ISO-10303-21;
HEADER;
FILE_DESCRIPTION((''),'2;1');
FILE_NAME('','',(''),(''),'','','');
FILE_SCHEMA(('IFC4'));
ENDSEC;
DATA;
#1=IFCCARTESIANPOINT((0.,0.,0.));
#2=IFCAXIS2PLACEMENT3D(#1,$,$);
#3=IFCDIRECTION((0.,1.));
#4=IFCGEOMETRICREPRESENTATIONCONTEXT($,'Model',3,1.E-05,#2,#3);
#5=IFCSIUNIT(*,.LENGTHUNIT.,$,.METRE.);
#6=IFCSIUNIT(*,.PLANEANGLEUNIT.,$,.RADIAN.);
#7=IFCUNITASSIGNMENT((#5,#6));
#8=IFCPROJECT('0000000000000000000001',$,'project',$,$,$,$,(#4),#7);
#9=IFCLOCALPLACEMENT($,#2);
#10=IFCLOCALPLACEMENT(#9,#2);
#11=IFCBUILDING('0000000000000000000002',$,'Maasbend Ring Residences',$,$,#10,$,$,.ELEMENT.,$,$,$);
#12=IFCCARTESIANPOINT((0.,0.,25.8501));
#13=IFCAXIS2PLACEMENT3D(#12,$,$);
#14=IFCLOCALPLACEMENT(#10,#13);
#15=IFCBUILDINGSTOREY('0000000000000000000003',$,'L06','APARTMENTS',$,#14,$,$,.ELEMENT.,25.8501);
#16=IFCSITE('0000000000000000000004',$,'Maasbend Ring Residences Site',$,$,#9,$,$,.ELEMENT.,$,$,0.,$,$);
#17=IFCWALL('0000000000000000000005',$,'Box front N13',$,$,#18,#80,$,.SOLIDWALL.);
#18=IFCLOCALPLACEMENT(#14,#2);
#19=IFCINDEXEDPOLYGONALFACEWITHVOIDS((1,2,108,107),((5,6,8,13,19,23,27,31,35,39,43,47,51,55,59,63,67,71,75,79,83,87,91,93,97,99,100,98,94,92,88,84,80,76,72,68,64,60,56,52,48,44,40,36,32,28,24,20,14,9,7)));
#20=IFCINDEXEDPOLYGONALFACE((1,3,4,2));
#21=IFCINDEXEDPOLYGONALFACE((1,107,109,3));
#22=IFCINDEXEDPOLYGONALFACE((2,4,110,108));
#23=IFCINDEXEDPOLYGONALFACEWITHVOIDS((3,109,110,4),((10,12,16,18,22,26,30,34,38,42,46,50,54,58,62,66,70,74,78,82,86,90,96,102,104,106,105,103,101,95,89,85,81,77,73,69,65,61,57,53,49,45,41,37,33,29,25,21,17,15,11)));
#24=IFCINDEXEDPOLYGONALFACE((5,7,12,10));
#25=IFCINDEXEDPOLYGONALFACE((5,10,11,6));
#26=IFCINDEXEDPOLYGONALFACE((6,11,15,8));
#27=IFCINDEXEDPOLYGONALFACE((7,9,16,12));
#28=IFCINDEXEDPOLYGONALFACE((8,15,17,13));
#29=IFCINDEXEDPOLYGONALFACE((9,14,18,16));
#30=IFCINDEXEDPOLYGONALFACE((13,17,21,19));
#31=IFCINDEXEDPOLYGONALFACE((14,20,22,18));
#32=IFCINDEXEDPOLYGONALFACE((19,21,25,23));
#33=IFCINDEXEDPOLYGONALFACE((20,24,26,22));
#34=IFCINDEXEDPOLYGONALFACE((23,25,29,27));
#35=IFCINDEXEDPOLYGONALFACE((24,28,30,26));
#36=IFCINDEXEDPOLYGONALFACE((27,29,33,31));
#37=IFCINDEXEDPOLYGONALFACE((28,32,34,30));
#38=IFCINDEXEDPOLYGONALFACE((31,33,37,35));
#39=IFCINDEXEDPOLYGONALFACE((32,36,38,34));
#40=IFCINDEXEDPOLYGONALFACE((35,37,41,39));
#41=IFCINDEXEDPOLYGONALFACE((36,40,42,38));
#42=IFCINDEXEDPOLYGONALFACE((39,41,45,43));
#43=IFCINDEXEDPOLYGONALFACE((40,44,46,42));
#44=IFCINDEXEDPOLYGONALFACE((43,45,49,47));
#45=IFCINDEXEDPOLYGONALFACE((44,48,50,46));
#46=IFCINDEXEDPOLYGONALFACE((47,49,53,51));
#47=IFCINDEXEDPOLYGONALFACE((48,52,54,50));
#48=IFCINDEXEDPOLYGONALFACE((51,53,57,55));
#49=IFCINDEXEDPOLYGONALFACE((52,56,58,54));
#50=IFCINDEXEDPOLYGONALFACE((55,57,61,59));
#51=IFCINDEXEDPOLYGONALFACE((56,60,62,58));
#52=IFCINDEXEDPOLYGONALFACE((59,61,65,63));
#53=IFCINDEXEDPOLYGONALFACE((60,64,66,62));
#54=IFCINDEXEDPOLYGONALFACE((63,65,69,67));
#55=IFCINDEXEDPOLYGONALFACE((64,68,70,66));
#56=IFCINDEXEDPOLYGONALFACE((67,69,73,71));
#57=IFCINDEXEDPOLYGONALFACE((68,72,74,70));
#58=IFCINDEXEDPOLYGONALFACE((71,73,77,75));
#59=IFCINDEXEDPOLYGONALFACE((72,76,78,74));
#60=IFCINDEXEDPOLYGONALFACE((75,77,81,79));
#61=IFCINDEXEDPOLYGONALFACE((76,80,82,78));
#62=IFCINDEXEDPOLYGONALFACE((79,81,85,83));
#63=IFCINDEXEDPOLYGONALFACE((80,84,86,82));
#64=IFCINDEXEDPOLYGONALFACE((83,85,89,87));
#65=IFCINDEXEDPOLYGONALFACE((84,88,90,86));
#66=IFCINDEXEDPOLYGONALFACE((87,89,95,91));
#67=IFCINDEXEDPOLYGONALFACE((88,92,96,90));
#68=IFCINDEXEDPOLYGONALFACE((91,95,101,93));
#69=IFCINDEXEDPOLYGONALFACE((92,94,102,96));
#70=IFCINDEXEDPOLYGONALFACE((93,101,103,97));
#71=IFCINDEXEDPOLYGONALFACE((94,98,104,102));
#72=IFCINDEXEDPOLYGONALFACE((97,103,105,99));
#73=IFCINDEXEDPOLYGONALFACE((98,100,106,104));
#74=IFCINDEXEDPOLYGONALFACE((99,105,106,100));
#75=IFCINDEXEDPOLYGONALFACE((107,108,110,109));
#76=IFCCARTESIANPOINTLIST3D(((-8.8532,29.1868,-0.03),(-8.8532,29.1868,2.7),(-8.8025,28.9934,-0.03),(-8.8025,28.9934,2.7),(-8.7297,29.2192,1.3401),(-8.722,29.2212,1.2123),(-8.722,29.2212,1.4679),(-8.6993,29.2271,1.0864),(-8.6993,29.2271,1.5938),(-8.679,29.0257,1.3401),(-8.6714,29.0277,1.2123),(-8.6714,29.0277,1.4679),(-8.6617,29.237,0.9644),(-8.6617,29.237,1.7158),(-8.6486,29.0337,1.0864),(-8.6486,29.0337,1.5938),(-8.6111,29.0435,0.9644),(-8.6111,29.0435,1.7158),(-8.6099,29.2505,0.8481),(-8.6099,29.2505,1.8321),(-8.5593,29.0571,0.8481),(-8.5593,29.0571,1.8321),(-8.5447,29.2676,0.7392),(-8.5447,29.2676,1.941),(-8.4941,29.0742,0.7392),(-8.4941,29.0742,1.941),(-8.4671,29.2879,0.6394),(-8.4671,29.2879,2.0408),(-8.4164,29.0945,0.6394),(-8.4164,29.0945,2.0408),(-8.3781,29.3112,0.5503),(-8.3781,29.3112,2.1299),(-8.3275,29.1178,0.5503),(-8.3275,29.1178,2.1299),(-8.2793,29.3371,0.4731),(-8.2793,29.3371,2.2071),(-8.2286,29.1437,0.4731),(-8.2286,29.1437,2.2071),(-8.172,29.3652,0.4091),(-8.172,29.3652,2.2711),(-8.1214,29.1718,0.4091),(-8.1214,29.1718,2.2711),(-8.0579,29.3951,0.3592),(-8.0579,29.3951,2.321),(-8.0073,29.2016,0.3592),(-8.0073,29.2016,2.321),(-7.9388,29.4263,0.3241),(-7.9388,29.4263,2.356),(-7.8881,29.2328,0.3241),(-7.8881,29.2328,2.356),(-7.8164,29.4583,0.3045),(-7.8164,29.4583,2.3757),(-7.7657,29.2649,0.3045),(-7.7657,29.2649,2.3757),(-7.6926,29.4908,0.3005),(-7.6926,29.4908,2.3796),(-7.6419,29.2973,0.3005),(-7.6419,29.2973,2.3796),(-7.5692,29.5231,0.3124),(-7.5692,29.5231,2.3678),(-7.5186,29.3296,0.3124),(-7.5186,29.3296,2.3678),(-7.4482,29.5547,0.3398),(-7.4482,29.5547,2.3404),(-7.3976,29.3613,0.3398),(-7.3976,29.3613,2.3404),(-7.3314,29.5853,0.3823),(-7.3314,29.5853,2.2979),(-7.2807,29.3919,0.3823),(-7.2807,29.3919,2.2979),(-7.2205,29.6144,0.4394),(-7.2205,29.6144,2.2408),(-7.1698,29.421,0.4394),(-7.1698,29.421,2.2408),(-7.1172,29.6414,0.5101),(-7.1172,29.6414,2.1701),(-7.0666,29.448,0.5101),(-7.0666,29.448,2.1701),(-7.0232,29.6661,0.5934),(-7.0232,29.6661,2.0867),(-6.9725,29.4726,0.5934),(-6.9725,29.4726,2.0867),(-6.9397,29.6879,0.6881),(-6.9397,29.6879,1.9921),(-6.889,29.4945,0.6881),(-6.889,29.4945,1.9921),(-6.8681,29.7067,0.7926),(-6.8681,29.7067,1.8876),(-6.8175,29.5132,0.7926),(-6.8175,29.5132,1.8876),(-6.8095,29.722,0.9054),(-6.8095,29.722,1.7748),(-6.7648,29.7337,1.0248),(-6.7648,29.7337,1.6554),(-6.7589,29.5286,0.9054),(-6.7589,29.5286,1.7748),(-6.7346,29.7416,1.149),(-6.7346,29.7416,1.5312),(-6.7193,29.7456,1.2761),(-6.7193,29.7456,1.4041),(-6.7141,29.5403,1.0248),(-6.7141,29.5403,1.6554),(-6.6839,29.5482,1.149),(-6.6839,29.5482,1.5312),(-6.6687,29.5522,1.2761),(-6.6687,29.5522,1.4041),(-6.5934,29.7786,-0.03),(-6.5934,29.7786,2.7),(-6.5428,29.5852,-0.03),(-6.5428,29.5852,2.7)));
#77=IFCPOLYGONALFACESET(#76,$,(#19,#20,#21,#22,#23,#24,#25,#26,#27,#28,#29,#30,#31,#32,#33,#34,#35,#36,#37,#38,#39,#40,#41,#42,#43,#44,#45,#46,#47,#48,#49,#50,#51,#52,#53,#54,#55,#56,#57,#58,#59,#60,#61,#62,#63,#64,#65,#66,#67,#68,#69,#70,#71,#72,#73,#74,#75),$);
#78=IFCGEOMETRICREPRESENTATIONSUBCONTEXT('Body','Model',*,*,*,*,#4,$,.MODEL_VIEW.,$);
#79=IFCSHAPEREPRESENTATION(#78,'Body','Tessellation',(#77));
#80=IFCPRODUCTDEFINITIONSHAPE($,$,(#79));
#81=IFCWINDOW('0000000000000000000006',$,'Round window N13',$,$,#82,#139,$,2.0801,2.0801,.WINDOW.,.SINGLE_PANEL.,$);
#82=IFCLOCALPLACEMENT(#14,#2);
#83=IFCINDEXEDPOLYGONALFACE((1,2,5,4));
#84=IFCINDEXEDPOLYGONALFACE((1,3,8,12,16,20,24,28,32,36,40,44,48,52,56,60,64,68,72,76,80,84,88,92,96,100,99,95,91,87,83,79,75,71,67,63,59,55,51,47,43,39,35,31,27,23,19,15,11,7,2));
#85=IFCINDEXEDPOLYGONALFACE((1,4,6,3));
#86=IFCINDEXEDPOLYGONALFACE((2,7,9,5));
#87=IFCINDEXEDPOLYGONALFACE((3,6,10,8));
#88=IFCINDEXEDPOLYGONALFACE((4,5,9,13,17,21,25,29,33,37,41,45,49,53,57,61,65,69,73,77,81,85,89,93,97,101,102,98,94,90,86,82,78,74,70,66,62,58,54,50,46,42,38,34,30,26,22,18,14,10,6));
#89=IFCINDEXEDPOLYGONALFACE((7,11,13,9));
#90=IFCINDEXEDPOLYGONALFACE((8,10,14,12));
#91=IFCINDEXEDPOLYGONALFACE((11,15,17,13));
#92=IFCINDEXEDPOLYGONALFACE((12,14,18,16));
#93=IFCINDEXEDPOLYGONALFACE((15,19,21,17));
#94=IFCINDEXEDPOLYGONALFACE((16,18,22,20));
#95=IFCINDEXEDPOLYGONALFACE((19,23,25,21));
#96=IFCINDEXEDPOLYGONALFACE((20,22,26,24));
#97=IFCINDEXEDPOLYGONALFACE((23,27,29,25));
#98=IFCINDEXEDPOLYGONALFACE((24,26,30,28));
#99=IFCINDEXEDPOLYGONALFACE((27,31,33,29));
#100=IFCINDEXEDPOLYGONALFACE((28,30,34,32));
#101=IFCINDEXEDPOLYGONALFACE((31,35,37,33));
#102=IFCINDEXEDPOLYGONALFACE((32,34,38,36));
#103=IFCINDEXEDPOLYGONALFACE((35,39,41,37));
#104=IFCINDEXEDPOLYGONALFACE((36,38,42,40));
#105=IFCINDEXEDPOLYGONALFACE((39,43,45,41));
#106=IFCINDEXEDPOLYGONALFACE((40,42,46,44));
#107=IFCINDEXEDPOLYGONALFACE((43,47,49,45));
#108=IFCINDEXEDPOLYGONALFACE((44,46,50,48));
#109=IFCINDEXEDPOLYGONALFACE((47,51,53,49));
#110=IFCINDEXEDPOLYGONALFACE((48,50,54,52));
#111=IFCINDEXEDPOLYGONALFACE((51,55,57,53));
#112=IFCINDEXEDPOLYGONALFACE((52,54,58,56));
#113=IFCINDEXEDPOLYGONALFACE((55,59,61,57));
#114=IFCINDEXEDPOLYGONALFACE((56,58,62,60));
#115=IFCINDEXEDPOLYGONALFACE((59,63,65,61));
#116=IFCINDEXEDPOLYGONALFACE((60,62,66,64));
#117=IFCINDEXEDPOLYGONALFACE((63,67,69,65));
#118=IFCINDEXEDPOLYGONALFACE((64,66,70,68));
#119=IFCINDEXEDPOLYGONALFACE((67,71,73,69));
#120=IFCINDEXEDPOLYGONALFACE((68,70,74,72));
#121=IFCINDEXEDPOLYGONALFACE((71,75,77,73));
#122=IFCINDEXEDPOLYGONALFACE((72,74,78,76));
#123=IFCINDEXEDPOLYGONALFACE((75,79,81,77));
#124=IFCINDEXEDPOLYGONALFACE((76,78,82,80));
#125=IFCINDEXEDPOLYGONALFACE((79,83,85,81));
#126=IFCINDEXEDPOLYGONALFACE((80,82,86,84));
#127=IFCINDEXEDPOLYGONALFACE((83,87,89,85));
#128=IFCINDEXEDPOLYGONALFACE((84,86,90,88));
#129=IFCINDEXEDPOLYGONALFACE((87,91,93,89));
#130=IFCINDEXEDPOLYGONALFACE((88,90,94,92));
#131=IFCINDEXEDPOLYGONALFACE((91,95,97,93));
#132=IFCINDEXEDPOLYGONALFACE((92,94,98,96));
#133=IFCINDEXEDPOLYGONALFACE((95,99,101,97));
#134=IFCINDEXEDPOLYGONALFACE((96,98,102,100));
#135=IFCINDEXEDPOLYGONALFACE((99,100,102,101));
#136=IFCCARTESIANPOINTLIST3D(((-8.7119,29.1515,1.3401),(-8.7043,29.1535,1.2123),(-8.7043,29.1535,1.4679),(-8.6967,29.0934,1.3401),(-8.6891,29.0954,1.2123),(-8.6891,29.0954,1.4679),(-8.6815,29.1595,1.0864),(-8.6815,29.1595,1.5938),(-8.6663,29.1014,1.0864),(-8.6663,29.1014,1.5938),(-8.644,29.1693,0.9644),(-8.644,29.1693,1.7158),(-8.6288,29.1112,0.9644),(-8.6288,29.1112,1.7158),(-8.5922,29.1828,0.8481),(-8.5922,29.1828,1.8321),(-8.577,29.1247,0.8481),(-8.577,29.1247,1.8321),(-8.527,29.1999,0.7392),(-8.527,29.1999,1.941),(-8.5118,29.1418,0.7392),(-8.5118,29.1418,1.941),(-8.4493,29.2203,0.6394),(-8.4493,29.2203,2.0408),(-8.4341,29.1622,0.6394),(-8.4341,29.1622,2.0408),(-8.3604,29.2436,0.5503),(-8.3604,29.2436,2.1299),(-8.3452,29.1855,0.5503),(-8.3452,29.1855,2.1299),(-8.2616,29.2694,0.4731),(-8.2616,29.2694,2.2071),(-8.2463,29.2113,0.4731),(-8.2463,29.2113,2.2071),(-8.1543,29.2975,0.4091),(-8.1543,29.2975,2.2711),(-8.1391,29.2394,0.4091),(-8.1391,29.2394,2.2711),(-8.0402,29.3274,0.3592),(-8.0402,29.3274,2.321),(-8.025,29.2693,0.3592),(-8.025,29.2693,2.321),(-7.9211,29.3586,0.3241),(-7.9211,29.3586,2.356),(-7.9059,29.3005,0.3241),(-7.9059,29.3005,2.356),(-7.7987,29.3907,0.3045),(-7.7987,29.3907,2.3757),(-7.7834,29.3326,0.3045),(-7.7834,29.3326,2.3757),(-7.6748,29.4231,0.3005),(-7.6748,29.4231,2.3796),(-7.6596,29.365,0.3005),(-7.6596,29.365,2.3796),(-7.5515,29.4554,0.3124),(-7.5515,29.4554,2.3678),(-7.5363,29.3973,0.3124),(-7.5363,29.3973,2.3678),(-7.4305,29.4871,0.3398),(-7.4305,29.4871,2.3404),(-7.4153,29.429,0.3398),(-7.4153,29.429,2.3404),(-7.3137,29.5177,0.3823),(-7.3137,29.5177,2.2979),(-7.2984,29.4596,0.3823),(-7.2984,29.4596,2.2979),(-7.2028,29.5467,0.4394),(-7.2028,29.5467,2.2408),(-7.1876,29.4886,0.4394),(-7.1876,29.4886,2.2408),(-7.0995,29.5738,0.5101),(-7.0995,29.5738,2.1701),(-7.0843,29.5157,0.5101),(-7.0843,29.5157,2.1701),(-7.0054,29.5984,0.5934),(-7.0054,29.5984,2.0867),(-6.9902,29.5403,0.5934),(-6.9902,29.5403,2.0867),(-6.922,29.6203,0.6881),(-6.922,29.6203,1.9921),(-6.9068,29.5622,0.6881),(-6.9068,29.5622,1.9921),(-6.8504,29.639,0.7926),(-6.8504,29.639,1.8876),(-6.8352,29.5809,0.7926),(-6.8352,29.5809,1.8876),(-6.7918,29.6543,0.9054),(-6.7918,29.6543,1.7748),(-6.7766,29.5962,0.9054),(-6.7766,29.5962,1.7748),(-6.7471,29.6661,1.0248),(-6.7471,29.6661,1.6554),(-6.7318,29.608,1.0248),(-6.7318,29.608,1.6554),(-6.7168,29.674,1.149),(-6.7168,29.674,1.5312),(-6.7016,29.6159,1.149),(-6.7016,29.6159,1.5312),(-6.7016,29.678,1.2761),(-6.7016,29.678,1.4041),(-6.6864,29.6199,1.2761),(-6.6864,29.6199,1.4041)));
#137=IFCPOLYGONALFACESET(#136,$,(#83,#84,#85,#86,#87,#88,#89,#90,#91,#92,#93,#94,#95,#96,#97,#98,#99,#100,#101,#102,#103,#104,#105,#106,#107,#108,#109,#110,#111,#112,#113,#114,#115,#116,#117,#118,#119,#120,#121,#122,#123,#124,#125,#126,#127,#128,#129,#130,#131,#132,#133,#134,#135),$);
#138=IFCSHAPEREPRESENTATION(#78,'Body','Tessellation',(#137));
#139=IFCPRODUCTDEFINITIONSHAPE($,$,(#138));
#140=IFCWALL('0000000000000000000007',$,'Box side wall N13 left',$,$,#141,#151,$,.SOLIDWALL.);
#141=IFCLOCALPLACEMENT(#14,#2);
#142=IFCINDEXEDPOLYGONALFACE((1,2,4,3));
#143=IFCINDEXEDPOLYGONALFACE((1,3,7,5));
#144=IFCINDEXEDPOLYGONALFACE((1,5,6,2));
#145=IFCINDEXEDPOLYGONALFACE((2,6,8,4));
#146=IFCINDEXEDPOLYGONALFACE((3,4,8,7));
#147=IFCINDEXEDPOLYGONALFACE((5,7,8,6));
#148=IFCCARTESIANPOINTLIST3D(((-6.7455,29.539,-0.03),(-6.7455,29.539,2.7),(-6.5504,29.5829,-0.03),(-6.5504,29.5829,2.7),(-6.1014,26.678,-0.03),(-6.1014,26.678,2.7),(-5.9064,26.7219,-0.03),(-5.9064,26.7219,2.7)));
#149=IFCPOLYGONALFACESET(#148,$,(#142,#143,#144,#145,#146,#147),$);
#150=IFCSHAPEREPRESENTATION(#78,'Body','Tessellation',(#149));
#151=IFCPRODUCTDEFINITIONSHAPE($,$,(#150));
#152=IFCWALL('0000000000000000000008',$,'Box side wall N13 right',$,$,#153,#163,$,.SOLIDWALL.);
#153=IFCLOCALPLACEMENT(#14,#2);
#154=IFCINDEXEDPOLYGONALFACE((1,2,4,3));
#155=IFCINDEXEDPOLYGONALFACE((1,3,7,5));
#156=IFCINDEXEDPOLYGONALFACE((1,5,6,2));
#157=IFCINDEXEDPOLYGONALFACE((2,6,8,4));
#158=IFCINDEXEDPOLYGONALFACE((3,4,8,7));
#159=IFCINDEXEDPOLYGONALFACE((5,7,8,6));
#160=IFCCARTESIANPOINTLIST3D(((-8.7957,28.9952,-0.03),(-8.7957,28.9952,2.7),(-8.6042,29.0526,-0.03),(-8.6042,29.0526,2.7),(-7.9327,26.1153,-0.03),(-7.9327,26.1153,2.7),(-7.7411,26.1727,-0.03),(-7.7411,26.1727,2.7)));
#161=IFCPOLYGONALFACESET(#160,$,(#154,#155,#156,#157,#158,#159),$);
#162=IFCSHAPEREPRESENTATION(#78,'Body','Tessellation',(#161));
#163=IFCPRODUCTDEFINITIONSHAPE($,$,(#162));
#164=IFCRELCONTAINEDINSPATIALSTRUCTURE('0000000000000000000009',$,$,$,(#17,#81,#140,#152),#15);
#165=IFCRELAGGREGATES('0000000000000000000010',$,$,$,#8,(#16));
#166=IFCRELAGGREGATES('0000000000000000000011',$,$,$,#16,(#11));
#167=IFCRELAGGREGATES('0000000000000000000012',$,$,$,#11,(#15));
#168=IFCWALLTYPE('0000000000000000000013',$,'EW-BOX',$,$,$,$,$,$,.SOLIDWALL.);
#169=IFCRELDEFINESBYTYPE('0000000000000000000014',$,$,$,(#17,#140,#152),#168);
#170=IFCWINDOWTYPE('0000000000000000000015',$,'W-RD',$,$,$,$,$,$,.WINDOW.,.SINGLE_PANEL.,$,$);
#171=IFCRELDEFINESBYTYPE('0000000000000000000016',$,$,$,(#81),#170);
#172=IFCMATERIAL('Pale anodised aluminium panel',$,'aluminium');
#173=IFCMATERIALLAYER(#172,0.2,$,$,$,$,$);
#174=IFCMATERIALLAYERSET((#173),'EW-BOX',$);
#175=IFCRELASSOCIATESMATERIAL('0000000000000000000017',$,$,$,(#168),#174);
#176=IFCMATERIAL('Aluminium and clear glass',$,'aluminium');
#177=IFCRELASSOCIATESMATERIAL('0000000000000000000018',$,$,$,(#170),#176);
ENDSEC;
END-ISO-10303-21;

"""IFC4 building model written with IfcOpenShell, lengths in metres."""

from ifc_helpers import new_model, si_unit, direction, frame, frame_2d, origin, place, context, subcontext, project, spatial, rectangle, circle, extrude, material, layer, layer_set, type_object, element, fill, save


model = new_model("IFC4")

# Units and contexts
model_context = context("Model", 3, precision=1e-05, world=origin(), true_north=direction((0.0, 1.0)))
body_context = subcontext(model_context, "Body", "Model", "MODEL_VIEW")
ifc_project = project(units=[si_unit("LENGTHUNIT", "METRE"), si_unit("PLANEANGLEUNIT", "RADIAN")], contexts=[model_context])

# Site, building, storey
site_placement = place(None, origin())
site = spatial("IfcSite", under=ifc_project, at=site_placement, Name="Maasbend Ring Residences Site", CompositionType="ELEMENT", RefElevation=0.0)
building_placement = place(site_placement, origin())
building = spatial("IfcBuilding", under=site, at=building_placement, Name="Maasbend Ring Residences", CompositionType="ELEMENT")
storey_placement = place(building_placement, frame((0.0, 0.0, 25.8501)))
storey = spatial("IfcBuildingStorey", under=building, at=storey_placement, Name="L06", Description="APARTMENTS", CompositionType="ELEMENT", Elevation=25.8501)

# Shared definitions
ifc_material_1 = material(Name="Pale anodised aluminium panel", Category="aluminium")
ifc_layer_1 = layer(ifc_material_1, 0.2)
ifc_layer_set_1 = layer_set([ifc_layer_1], Name="EW-BOX")
wall_type_1 = type_object("IfcWallType", Name="EW-BOX", PredefinedType="SOLIDWALL", material=ifc_layer_set_1)

# Wall, opening, window
wall_1_placement = place(storey_placement, frame((-6.5681, 29.6819, -0.03), z_axis=(0.0, 0.0, 1.0), x_axis=(-0.967377, -0.253341, 0.0)))
wall_1 = element("IfcWall", 1, at=wall_1_placement, inside=storey, type_object=wall_type_1, Name="Box front N13", PredefinedType="SOLIDWALL", context=body_context, shape_type="SweptSolid", body=[
    extrude(rectangle(XDim=2.3359, YDim=0.2, at=frame_2d((1.168, 0.0))), origin(), (0.0, 0.0, 1.0), 2.73),
])
opening_1_placement = place(wall_1_placement, frame((0.1282, 0.0, 0.3301)))
opening_1 = element("IfcOpeningElement", 2, at=opening_1_placement, cuts=wall_1, PredefinedType="OPENING", context=body_context, shape_type="SweptSolid", body=[
    extrude(circle(Radius=1.04, at=frame_2d((1.04, 1.04))), frame((0.0, 0.1099, 0.0), z_axis=(0.0, -1.0, 0.0), x_axis=(1.0, 0.0, 0.0)), (0.0, 0.0, 1.0), 0.22),
])
ifc_material_2 = material(Name="Aluminium and clear glass", Category="aluminium")
window_type_1 = type_object("IfcWindowType", Name="W-RD", PartitioningType="SINGLE_PANEL", PredefinedType="WINDOW", material=ifc_material_2)
window_1_placement = place(opening_1_placement, origin())
window_1 = element("IfcWindow", 3, at=window_1_placement, inside=storey, type_object=window_type_1, Name="Round window N13", OverallHeight=2.0801, OverallWidth=2.0801, PartitioningType="SINGLE_PANEL", PredefinedType="WINDOW", context=body_context, shape_type="SweptSolid", body=[
    extrude(circle(Radius=1.04, at=frame_2d((1.04, 1.04))), frame((0.0, 0.03, 0.0), z_axis=(0.0, -1.0, 0.0), x_axis=(1.0, 0.0, 0.0)), (0.0, 0.0, 1.0), 0.0601),
])
fill(opening_1, window_1)

# Walls
wall_2_placement = place(storey_placement, frame((-6.0039, 26.7, -0.03), z_axis=(0.0, 0.0, 1.0), x_axis=(-0.219609, 0.975588, 0.0)))
element("IfcWall", 4, at=wall_2_placement, inside=storey, type_object=wall_type_1, Name="Box side wall N13 left", PredefinedType="SOLIDWALL", context=body_context, shape_type="SweptSolid", body=[
    extrude(rectangle(XDim=2.9326, YDim=0.2, at=frame_2d((1.4663, 0.0))), origin(), (0.0, 0.0, 1.0), 2.73),
])
wall_3_placement = place(storey_placement, frame((-7.8369, 26.144, -0.03), z_axis=(0.0, 0.0, 1.0), x_axis=(-0.287065, 0.957911, 0.0)))
element("IfcWall", 5, at=wall_3_placement, inside=storey, type_object=wall_type_1, Name="Box side wall N13 right", PredefinedType="SOLIDWALL", context=body_context, shape_type="SweptSolid", body=[
    extrude(rectangle(XDim=3.0063, YDim=0.2, at=frame_2d((1.5032, 0.0))), origin(), (0.0, 0.0, 1.0), 2.73),
])

save(model, "model.ifc")
